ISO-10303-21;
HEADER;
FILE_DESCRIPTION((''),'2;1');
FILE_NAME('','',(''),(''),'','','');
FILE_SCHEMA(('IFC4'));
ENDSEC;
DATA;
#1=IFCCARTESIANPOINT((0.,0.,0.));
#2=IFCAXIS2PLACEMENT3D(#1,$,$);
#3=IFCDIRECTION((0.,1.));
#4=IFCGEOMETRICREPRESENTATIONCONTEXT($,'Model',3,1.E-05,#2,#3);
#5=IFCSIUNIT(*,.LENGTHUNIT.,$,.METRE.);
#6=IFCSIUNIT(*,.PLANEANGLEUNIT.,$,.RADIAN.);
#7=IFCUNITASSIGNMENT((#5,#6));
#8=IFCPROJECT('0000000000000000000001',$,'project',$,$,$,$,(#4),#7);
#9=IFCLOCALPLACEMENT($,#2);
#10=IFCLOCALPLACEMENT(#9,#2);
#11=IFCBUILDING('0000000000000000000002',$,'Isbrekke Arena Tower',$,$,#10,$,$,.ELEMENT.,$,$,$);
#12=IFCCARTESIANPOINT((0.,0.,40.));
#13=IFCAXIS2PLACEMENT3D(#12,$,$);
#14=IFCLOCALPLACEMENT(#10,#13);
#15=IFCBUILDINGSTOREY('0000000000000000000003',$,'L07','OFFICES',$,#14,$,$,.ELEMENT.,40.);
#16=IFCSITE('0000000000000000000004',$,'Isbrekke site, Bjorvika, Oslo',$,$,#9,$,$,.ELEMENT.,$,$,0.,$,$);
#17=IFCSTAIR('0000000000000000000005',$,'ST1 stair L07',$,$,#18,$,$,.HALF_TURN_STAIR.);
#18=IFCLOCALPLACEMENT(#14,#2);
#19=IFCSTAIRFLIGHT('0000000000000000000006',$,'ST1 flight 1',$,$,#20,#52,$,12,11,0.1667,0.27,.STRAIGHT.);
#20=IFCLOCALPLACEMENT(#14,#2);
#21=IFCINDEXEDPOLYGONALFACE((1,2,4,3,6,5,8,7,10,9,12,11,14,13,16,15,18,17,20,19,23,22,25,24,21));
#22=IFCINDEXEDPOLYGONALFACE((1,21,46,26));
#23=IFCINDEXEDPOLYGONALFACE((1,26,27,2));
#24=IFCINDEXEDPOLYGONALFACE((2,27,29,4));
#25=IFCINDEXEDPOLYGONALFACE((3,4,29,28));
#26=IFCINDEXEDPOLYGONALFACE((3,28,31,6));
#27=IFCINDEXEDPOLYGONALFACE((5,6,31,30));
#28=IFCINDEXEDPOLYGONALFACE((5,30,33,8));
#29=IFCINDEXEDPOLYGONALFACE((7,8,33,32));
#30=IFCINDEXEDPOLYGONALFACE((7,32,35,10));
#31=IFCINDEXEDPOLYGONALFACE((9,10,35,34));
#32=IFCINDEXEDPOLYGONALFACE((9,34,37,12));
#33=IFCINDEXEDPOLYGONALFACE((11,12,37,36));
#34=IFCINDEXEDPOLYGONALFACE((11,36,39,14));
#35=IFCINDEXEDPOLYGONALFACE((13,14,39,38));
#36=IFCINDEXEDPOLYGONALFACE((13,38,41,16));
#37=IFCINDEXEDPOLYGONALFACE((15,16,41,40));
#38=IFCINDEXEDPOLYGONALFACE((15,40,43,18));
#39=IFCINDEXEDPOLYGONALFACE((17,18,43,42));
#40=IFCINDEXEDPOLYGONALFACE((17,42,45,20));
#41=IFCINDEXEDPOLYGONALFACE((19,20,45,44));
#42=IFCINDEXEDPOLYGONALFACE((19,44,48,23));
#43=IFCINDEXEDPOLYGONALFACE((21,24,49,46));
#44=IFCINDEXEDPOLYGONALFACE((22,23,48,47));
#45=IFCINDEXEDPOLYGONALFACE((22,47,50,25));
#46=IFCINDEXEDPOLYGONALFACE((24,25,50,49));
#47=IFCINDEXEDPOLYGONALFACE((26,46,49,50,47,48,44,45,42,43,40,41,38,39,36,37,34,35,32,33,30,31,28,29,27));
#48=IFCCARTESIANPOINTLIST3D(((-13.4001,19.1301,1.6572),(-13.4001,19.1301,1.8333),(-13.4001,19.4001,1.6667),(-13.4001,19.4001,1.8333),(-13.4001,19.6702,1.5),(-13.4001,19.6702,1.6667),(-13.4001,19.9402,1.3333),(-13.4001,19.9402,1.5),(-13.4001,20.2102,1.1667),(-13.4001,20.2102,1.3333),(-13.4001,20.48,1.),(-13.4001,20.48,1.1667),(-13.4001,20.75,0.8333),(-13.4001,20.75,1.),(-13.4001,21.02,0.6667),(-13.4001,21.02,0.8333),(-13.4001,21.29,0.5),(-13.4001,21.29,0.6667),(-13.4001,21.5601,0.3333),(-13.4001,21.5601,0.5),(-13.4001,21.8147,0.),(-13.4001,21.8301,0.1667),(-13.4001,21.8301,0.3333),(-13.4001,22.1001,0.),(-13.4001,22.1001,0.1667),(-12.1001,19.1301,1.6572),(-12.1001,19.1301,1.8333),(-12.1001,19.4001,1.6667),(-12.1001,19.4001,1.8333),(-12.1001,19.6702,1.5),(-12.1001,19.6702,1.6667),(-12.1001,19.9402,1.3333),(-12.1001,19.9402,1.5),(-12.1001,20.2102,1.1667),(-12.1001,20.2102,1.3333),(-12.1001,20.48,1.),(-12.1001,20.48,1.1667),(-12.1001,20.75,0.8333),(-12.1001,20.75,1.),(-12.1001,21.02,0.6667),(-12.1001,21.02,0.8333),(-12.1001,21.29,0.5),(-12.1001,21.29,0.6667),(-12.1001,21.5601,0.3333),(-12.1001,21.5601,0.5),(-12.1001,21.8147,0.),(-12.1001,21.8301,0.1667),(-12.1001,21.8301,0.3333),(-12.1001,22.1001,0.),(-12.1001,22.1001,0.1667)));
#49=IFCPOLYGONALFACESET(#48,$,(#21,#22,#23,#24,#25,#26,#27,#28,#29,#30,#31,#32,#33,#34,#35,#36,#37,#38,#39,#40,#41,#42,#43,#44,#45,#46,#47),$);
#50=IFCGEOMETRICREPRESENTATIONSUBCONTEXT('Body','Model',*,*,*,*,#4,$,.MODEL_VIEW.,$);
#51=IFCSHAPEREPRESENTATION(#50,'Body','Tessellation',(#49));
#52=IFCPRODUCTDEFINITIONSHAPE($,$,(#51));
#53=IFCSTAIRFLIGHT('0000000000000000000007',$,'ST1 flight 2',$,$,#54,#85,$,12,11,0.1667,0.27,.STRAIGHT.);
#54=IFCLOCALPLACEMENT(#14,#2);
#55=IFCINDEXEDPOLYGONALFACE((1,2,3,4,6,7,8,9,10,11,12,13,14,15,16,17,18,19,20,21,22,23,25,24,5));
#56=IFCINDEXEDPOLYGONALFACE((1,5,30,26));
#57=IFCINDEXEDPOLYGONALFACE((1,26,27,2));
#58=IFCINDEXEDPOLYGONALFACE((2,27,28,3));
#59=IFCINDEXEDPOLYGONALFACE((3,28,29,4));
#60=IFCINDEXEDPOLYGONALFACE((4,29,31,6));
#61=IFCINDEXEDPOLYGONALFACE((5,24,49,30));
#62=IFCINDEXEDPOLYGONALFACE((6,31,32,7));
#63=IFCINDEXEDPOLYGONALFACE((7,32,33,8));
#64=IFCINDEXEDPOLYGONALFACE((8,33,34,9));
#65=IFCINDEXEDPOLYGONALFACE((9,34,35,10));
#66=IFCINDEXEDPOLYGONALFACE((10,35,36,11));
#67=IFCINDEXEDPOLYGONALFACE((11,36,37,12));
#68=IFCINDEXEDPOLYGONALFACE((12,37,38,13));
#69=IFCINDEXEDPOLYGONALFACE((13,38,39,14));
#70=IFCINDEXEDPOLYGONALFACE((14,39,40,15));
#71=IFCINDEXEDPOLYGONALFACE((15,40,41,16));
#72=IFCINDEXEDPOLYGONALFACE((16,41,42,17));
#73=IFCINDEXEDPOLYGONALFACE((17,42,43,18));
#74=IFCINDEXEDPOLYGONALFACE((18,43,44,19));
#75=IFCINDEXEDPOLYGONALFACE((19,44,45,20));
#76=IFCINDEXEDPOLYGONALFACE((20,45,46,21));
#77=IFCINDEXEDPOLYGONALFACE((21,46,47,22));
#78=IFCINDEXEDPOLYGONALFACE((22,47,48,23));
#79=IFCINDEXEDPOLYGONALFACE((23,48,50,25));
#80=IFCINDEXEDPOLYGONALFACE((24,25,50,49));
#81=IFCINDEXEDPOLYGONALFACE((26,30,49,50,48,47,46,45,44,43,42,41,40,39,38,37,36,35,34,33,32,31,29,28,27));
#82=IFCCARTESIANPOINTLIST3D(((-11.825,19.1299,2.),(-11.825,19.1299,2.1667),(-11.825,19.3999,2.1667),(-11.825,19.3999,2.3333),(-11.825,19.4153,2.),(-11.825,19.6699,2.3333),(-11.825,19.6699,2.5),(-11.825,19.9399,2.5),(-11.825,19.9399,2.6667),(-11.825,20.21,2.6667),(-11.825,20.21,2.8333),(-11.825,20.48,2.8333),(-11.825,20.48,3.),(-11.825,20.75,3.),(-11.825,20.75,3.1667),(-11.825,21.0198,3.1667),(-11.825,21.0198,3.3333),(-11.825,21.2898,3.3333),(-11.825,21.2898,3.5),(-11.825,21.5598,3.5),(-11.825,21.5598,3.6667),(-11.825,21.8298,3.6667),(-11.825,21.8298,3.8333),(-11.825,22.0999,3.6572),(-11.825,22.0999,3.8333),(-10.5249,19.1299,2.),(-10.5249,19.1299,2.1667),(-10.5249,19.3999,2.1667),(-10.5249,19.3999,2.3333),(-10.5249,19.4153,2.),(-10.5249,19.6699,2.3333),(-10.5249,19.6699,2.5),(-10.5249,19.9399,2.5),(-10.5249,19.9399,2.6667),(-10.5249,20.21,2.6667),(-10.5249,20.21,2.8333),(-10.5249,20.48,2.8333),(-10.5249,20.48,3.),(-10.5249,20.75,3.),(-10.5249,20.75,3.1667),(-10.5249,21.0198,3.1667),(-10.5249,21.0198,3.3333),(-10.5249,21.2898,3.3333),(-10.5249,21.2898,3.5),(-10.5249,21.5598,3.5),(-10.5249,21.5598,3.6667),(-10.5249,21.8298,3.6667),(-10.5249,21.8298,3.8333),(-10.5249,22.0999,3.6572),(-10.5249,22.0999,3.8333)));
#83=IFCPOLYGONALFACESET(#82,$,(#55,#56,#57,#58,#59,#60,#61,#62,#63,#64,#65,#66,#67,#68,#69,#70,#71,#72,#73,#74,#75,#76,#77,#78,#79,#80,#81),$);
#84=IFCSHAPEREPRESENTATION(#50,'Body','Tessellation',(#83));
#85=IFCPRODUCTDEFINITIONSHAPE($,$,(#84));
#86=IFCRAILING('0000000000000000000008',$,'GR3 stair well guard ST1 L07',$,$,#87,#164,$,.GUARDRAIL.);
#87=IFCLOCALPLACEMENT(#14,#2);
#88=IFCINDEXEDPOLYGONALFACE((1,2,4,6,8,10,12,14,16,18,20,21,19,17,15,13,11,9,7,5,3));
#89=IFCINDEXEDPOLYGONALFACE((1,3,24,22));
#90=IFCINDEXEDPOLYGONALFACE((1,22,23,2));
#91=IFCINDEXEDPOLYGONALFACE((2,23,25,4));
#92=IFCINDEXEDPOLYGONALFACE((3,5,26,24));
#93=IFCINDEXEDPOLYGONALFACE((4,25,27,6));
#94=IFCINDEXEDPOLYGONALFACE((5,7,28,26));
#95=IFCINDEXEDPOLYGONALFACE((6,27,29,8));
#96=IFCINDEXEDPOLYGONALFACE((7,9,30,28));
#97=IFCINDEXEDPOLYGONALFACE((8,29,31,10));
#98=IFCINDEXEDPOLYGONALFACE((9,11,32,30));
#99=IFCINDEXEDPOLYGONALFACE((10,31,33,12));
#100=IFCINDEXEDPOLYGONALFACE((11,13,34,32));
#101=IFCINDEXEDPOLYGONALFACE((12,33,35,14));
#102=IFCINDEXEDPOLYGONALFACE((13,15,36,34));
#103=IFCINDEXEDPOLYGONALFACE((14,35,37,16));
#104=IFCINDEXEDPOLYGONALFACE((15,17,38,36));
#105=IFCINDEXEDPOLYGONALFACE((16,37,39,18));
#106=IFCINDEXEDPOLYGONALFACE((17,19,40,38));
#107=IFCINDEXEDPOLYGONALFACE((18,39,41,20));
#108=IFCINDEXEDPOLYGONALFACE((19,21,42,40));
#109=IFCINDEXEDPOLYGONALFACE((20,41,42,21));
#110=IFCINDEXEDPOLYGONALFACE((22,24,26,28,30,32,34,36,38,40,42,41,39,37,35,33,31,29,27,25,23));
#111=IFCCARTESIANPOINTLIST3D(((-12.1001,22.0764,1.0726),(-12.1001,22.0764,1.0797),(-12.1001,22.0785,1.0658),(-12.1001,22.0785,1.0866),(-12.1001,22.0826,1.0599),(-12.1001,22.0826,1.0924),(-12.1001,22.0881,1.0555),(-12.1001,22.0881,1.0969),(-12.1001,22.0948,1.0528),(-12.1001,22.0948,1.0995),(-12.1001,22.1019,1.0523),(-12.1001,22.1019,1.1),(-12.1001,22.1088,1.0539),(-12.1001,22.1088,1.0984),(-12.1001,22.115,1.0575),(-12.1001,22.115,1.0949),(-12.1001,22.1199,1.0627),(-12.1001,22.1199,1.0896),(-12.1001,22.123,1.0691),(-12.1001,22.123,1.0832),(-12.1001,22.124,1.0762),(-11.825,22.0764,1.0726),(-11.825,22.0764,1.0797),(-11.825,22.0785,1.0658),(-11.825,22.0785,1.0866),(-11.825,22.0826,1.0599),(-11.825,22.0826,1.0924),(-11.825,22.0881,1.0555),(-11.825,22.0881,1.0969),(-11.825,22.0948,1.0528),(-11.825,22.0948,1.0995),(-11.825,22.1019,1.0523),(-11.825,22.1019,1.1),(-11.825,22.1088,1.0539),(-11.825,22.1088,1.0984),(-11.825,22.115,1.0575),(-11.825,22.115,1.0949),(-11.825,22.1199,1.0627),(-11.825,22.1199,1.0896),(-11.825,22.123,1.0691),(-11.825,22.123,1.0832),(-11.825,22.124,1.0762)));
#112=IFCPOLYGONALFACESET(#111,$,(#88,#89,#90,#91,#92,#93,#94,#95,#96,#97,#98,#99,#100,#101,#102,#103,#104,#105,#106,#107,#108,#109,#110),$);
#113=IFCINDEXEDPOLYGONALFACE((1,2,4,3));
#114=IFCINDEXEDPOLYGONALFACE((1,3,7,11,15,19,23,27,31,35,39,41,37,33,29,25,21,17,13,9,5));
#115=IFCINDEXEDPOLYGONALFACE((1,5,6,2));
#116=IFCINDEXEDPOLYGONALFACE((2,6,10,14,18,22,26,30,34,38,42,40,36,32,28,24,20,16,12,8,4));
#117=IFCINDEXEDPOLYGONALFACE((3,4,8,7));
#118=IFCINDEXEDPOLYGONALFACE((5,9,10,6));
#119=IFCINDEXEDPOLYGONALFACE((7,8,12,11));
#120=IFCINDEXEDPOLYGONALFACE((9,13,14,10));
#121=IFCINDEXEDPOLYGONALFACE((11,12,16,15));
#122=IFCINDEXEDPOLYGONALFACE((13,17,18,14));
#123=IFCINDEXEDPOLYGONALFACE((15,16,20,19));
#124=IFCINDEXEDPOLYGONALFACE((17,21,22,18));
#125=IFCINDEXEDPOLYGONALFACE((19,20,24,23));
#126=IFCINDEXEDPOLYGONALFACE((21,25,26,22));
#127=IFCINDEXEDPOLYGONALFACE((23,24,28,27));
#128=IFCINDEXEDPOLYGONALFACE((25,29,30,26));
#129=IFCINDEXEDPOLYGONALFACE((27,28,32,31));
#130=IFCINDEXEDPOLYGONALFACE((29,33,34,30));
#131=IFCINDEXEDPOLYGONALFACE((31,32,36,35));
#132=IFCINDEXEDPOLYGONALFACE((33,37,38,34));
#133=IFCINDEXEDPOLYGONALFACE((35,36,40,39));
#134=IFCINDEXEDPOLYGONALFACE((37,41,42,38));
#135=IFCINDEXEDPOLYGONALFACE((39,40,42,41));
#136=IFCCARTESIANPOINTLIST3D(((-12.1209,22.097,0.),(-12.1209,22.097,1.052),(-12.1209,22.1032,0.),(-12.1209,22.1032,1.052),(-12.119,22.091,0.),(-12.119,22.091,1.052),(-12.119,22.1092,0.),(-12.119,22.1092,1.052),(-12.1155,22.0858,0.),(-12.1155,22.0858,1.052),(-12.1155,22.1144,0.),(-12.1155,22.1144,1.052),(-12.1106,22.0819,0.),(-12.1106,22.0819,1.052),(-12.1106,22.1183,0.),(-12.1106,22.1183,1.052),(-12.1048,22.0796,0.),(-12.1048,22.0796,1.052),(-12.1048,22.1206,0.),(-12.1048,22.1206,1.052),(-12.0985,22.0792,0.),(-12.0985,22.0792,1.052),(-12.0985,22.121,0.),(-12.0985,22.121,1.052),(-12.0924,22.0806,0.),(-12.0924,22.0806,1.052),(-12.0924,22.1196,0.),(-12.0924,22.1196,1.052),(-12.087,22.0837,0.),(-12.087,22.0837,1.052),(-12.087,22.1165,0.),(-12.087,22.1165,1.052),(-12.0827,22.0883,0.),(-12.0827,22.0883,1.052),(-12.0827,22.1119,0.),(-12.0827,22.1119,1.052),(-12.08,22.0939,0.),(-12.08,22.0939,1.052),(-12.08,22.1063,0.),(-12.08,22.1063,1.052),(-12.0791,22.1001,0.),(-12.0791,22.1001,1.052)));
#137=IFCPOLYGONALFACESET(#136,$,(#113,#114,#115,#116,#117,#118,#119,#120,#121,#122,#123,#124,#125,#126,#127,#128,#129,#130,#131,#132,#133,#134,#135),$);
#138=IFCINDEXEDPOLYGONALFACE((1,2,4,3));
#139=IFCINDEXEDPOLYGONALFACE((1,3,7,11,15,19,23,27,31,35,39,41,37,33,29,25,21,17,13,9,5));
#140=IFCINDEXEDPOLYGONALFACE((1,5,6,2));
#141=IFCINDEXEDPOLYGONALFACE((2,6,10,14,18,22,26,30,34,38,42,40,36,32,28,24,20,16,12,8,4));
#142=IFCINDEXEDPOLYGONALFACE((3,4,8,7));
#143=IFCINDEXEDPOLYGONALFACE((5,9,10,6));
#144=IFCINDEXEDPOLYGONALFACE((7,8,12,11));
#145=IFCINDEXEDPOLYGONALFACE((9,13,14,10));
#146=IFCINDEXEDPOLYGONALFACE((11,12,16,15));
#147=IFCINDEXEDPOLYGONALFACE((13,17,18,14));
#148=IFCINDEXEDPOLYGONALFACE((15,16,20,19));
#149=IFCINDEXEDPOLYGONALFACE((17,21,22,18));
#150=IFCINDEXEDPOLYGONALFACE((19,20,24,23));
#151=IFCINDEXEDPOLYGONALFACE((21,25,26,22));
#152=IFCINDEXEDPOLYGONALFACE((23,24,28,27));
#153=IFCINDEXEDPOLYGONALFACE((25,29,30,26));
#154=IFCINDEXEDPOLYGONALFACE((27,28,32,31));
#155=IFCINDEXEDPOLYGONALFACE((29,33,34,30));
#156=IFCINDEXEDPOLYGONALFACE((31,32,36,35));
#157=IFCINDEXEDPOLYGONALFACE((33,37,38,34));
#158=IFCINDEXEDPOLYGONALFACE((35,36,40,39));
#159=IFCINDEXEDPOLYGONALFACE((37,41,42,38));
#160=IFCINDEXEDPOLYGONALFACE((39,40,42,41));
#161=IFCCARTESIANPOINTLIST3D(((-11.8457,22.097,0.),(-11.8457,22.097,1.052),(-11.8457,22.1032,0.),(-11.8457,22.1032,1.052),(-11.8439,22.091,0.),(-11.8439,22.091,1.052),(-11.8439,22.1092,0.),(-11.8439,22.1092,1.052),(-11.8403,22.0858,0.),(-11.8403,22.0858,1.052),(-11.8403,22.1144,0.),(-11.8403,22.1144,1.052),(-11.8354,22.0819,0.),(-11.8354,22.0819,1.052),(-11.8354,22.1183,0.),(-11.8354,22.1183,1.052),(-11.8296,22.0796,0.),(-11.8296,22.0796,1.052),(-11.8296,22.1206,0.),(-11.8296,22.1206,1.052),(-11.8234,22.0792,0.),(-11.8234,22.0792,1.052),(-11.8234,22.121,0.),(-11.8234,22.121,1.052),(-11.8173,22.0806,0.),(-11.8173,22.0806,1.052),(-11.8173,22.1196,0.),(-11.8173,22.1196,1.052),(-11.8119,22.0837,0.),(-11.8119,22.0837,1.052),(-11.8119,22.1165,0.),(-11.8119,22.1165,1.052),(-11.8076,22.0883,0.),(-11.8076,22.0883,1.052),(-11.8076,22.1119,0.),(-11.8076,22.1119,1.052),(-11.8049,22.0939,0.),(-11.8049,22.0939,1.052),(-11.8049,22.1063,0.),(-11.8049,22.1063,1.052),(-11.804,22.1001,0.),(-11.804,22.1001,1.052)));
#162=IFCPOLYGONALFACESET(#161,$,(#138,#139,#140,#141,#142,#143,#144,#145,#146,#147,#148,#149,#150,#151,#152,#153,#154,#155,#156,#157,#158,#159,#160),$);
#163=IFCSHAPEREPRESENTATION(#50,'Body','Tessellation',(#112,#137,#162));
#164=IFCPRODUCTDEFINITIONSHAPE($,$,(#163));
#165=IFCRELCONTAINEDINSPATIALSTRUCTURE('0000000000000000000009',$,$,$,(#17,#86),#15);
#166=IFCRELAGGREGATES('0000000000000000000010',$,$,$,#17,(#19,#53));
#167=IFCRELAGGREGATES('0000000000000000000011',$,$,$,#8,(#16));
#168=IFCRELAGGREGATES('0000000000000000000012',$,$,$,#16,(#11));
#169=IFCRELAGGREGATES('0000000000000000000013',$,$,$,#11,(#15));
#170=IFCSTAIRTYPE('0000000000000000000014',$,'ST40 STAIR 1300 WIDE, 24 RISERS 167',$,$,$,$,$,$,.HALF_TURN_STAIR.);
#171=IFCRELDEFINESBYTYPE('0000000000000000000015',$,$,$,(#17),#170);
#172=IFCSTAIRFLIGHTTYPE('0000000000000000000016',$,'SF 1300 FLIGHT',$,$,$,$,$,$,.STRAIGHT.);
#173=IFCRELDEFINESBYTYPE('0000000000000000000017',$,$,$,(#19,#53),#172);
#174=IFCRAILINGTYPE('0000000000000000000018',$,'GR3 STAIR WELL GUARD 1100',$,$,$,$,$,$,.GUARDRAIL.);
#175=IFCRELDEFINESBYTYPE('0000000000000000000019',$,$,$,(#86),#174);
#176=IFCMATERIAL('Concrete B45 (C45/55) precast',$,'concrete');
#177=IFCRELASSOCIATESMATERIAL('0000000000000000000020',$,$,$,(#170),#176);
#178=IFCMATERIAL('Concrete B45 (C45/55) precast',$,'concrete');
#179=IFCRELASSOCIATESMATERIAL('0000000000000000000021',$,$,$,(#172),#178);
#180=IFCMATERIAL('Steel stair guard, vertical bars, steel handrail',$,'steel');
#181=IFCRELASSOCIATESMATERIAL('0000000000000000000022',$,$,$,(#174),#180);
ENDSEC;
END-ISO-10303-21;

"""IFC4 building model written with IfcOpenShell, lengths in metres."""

from ifc_helpers import new_model, si_unit, direction, frame, origin, origin_2d, place, context, subcontext, project, spatial, polyline, circle, outline, extrude, material, type_object, element, aggregate, save


model = new_model("IFC4")

# Units and contexts
model_context = context("Model", 3, precision=1e-05, world=origin(), true_north=direction((0.0, 1.0)))
body_context = subcontext(model_context, "Body", "Model", "MODEL_VIEW")
ifc_project = project(units=[si_unit("LENGTHUNIT", "METRE"), si_unit("PLANEANGLEUNIT", "RADIAN")], contexts=[model_context])

# Site, building, storey
site_placement = place(None, origin())
site = spatial("IfcSite", under=ifc_project, at=site_placement, Name="Isbrekke site, Bjorvika, Oslo", CompositionType="ELEMENT", RefElevation=0.0)
building_placement = place(site_placement, origin())
building = spatial("IfcBuilding", under=site, at=building_placement, Name="Isbrekke Arena Tower", CompositionType="ELEMENT")
storey_placement = place(building_placement, frame((0.0, 0.0, 40.0)))
storey = spatial("IfcBuildingStorey", under=building, at=storey_placement, Name="L07", Description="OFFICES", CompositionType="ELEMENT", Elevation=40.0)

# Stair, stair flights
ifc_material_1 = material(Name="Concrete B45 (C45/55) precast", Category="concrete")
stair_type = type_object("IfcStairType", Name="ST40 STAIR 1300 WIDE, 24 RISERS 167", PredefinedType="HALF_TURN_STAIR", material=ifc_material_1)
stair_placement = place(storey_placement, origin())
stair = element("IfcStair", 1, at=stair_placement, inside=storey, type_object=stair_type, Name="ST1 stair L07", PredefinedType="HALF_TURN_STAIR")
ifc_material_2 = material(Name="Concrete B45 (C45/55) precast", Category="concrete")
stair_flight_type = type_object("IfcStairFlightType", Name="SF 1300 FLIGHT", PredefinedType="STRAIGHT", material=ifc_material_2)
stair_flight_1_placement = place(storey_placement, frame((-12.75, 22.1001, 0.0), z_axis=(0.0, 0.0, 1.0), x_axis=(0.0, -1.0, 0.0)))
stair_flight_1 = element("IfcStairFlight", 2, at=stair_flight_1_placement, type_object=stair_flight_type, Name="ST1 flight 1", NumberOfRisers=12, NumberOfTreads=11, PredefinedType="STRAIGHT", RiserHeight=0.1667, TreadLength=0.27, context=body_context, shape_type="SweptSolid", body=[
    extrude(outline(polyline([(0.0, 0.0), (0.0, 0.1667), (0.27, 0.1667), (0.27, 0.3333), (0.54, 0.3333), (0.54, 0.5), (0.8101, 0.5), (0.8101, 0.6667), (1.0801, 0.6667), (1.0801, 0.8333), (1.3501, 0.8333), (1.3501, 1.0), (1.6201, 1.0), (1.6201, 1.1667), (1.8899, 1.1667), (1.8899, 1.3333), (2.1599, 1.3333), (2.1599, 1.5), (2.4299, 1.5), (2.4299, 1.6667), (2.7, 1.6667), (2.7, 1.8333), (2.97, 1.8333), (2.97, 2.0), (2.97, 1.6572), (0.2854, 0.0), (0.0, 0.0)])), frame((0.0, 0.6499, 0.0), z_axis=(0.0, -1.0, 0.0), x_axis=(1.0, 0.0, 0.0)), (0.0, 0.0, 1.0), 1.3),
])
stair_flight_2_placement = place(storey_placement, frame((-11.175, 19.1299, 2.0), z_axis=(0.0, 0.0, 1.0), x_axis=(0.0, 1.0, 0.0)))
stair_flight_2 = element("IfcStairFlight", 3, at=stair_flight_2_placement, type_object=stair_flight_type, Name="ST1 flight 2", NumberOfRisers=12, NumberOfTreads=11, PredefinedType="STRAIGHT", RiserHeight=0.1667, TreadLength=0.27, context=body_context, shape_type="SweptSolid", body=[
    extrude(outline(polyline([(0.0, 0.0), (0.0, 0.1667), (0.27, 0.1667), (0.27, 0.3333), (0.54, 0.3333), (0.54, 0.5), (0.8101, 0.5), (0.8101, 0.6667), (1.0801, 0.6667), (1.0801, 0.8333), (1.3501, 0.8333), (1.3501, 1.0), (1.6201, 1.0), (1.6201, 1.1667), (1.8899, 1.1667), (1.8899, 1.3333), (2.1599, 1.3333), (2.1599, 1.5), (2.4299, 1.5), (2.4299, 1.6667), (2.7, 1.6667), (2.7, 1.8333), (2.97, 1.8333), (2.97, 2.0), (2.97, 1.6572), (0.2854, 0.0), (0.0, 0.0)])), frame((0.0, 0.6499, 0.0), z_axis=(0.0, -1.0, 0.0), x_axis=(1.0, 0.0, 0.0)), (0.0, 0.0, 1.0), 1.3),
])
aggregate(stair, [stair_flight_1, stair_flight_2])

# Railing
ifc_material_3 = material(Name="Steel stair guard, vertical bars, steel handrail", Category="steel")
railing_type = type_object("IfcRailingType", Name="GR3 STAIR WELL GUARD 1100", PredefinedType="GUARDRAIL", material=ifc_material_3)
for number, where, name in (
    (4, (-12.1001, 22.1001, 0.0), "GR3 stair well guard ST1 L07"),
):
    element("IfcRailing", number, at=place(storey_placement, frame(where)), inside=storey, type_object=railing_type, Name=name, PredefinedType="GUARDRAIL", context=body_context, shape_type="SweptSolid", body=[
        extrude(circle(Radius=0.0239, at=origin_2d()), frame((0.0, 0.0, 1.0762), z_axis=(1.0, 0.0, 0.0), x_axis=(0.0, 1.0, 0.0)), (0.0, 0.0, 1.0), 0.2751),
        extrude(circle(Radius=0.021, at=origin_2d()), origin(), (0.0, 0.0, 1.0), 1.052),
        extrude(circle(Radius=0.021, at=origin_2d()), frame((0.2751, 0.0, 0.0)), (0.0, 0.0, 1.0), 1.052),
    ])

save(model, "model.ifc")
